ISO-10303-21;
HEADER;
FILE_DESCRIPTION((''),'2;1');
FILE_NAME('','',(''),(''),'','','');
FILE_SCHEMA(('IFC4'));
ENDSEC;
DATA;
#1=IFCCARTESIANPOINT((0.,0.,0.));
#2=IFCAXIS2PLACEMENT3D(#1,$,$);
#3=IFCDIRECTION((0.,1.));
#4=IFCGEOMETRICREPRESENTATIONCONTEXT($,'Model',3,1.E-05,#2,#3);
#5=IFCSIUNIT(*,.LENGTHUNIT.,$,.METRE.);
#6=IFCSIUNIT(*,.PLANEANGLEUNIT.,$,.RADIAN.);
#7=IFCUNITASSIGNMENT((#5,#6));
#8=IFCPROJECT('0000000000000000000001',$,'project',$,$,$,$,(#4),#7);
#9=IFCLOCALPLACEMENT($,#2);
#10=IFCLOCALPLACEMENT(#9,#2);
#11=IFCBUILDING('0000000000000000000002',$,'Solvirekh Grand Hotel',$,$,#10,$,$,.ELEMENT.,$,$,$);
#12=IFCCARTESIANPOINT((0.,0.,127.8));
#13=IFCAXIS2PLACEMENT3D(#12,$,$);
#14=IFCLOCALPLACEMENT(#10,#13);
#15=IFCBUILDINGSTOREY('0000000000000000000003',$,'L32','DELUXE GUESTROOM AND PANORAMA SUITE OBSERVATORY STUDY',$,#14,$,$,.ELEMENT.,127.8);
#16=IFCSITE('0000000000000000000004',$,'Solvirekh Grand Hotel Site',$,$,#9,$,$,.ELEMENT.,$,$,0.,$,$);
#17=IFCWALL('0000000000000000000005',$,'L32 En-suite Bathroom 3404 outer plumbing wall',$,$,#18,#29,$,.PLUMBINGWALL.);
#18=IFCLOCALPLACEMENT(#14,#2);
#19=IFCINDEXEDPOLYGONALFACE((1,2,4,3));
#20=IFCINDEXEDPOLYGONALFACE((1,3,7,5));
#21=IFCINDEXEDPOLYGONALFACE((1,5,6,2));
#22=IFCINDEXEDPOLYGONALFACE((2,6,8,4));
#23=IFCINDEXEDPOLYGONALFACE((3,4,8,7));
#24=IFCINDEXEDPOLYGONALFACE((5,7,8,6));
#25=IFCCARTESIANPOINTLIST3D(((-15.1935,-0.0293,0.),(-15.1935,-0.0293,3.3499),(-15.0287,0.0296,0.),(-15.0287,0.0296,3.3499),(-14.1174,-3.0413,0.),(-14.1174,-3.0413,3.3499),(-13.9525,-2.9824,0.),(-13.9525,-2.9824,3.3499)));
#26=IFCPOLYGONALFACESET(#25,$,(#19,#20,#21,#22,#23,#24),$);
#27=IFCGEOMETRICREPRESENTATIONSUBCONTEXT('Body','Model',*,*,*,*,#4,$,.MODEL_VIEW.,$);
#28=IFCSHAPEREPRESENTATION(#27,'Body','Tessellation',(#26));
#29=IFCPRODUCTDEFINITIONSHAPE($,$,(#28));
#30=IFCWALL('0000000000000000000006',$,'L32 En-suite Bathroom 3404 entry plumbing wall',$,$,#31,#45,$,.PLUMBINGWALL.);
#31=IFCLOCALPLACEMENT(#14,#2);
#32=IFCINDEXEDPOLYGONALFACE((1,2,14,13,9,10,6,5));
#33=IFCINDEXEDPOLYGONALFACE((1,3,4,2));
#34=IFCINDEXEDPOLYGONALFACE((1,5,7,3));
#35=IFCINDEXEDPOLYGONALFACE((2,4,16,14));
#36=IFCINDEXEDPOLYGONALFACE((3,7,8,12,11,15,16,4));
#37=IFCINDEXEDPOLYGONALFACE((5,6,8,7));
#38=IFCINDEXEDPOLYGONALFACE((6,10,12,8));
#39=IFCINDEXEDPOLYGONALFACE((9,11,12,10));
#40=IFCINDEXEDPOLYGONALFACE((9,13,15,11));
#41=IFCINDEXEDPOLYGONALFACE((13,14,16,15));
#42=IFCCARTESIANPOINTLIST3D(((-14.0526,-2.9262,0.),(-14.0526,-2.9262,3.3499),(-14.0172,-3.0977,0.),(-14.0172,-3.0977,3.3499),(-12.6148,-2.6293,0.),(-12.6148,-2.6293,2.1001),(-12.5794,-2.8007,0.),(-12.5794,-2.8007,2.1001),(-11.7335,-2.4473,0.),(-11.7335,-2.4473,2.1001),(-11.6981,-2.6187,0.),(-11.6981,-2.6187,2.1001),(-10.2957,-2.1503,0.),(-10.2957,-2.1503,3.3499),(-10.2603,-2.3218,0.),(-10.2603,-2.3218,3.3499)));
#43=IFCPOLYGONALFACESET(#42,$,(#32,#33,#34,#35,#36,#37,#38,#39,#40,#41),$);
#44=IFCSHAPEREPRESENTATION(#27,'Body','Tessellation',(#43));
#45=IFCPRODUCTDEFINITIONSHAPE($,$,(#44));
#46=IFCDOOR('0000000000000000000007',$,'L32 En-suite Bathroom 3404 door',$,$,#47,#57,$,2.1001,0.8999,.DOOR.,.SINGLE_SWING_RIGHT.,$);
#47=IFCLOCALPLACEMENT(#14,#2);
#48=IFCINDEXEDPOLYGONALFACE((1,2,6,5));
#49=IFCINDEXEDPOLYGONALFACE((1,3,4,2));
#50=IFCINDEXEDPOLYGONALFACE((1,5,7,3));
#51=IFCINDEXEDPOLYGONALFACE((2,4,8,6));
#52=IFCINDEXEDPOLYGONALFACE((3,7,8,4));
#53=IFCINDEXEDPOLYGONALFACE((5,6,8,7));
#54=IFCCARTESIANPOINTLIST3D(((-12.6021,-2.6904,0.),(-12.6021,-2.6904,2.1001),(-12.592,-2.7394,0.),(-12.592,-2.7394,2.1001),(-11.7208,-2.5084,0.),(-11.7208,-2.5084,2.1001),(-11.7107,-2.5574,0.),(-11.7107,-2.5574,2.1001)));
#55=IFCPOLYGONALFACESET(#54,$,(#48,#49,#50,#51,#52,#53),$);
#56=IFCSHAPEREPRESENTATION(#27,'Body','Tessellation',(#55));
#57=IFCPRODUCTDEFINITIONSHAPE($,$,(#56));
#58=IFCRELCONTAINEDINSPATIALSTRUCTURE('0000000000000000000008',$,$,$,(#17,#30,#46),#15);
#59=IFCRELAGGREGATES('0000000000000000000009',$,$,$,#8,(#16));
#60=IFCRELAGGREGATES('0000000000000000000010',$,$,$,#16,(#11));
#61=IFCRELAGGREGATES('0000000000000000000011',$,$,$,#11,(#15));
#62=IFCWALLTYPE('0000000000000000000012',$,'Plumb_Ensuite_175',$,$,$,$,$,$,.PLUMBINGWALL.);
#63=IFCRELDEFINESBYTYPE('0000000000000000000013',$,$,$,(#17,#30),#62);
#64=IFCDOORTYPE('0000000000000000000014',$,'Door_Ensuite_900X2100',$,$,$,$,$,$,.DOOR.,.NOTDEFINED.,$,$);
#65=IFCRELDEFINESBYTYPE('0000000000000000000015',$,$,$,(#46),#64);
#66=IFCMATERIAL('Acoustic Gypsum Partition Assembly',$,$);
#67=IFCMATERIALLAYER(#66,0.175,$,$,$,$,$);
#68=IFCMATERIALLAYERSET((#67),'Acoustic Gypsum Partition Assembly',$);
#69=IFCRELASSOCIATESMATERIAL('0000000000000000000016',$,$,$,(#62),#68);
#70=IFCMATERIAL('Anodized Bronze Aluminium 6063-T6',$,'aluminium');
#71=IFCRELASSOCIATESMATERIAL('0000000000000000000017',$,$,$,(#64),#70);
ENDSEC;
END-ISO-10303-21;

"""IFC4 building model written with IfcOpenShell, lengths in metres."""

from ifc_helpers import new_model, si_unit, direction, frame, frame_2d, origin, place, context, subcontext, project, spatial, rectangle, extrude, material, layer, layer_set, type_object, element, fill, save


model = new_model("IFC4")

# Units and contexts
model_context = context("Model", 3, precision=1e-05, world=origin(), true_north=direction((0.0, 1.0)))
body_context = subcontext(model_context, "Body", "Model", "MODEL_VIEW")
ifc_project = project(units=[si_unit("LENGTHUNIT", "METRE"), si_unit("PLANEANGLEUNIT", "RADIAN")], contexts=[model_context])

# Site, building, storey
site_placement = place(None, origin())
site = spatial("IfcSite", under=ifc_project, at=site_placement, Name="Solvirekh Grand Hotel Site", CompositionType="ELEMENT", RefElevation=0.0)
building_placement = place(site_placement, origin())
building = spatial("IfcBuilding", under=site, at=building_placement, Name="Solvirekh Grand Hotel", CompositionType="ELEMENT")
storey_placement = place(building_placement, frame((0.0, 0.0, 127.8)))
storey = spatial("IfcBuildingStorey", under=building, at=storey_placement, Name="L32", Description="DELUXE GUESTROOM AND PANORAMA SUITE OBSERVATORY STUDY", CompositionType="ELEMENT", Elevation=127.8)

# Shared definitions
ifc_material_1 = material(Name="Anodized Bronze Aluminium 6063-T6", Category="aluminium")

# Shared definitions
ifc_material_2 = material(Name="Acoustic Gypsum Partition Assembly")

# Wall
ifc_layer_1 = layer(ifc_material_2, 0.175)
ifc_layer_set_1 = layer_set([ifc_layer_1], Name="Acoustic Gypsum Partition Assembly")
wall_type_1 = type_object("IfcWallType", Name="Plumb_Ensuite_175", PredefinedType="PLUMBINGWALL", material=ifc_layer_set_1)
wall_1_placement = place(storey_placement, frame((-15.1111, 0.0, 0.0), z_axis=(0.0, 0.0, 1.0), x_axis=(0.336467, -0.941695, 0.0)))
element("IfcWall", 1, at=wall_1_placement, inside=storey, type_object=wall_type_1, Name="L32 En-suite Bathroom 3404 outer plumbing wall", PredefinedType="PLUMBINGWALL", context=body_context, shape_type="SweptSolid", body=[
    extrude(rectangle(XDim=3.1985, YDim=0.175, at=frame_2d((1.5991, 0.0))), origin(), (0.0, 0.0, 1.0), 3.3499),
])

# Wall, opening, door
wall_2_placement = place(storey_placement, frame((-10.2781, -2.2361, 0.0), z_axis=(0.0, 0.0, 1.0), x_axis=(-0.979333, -0.202256, 0.0)))
wall_2 = element("IfcWall", 2, at=wall_2_placement, inside=storey, type_object=wall_type_1, Name="L32 En-suite Bathroom 3404 entry plumbing wall", PredefinedType="PLUMBINGWALL", context=body_context, shape_type="SweptSolid", body=[
    extrude(rectangle(XDim=3.8362, YDim=0.175, at=frame_2d((1.918, 0.0))), origin(), (0.0, 0.0, 1.0), 3.3499),
])
opening_1_placement = place(wall_2_placement, frame((1.468, 0.0, 0.0)))
opening_1 = element("IfcOpeningElement", 3, at=opening_1_placement, cuts=wall_2, PredefinedType="OPENING", context=body_context, shape_type="SweptSolid", body=[
    extrude(rectangle(XDim=0.8999, YDim=2.1001, at=frame_2d((0.45, 1.05))), frame((0.0, 0.0977, 0.0), z_axis=(0.0, -1.0, 0.0), x_axis=(1.0, 0.0, 0.0)), (0.0, 0.0, 1.0), 0.1951),
])
door_type_1 = type_object("IfcDoorType", Name="Door_Ensuite_900X2100", OperationType="NOTDEFINED", PredefinedType="DOOR", material=ifc_material_1)
door_1_placement = place(opening_1_placement, origin())
door_1 = element("IfcDoor", 4, at=door_1_placement, inside=storey, type_object=door_type_1, Name="L32 En-suite Bathroom 3404 door", OperationType="SINGLE_SWING_RIGHT", OverallHeight=2.1001, OverallWidth=0.8999, PredefinedType="DOOR", context=body_context, shape_type="SweptSolid", body=[
    extrude(rectangle(XDim=0.8999, YDim=2.1001, at=frame_2d((0.45, 1.05))), frame((0.0, 0.0249, 0.0), z_axis=(0.0, -1.0, 0.0), x_axis=(1.0, 0.0, 0.0)), (0.0, 0.0, 1.0), 0.05),
])
fill(opening_1, door_1)

save(model, "model.ifc")
